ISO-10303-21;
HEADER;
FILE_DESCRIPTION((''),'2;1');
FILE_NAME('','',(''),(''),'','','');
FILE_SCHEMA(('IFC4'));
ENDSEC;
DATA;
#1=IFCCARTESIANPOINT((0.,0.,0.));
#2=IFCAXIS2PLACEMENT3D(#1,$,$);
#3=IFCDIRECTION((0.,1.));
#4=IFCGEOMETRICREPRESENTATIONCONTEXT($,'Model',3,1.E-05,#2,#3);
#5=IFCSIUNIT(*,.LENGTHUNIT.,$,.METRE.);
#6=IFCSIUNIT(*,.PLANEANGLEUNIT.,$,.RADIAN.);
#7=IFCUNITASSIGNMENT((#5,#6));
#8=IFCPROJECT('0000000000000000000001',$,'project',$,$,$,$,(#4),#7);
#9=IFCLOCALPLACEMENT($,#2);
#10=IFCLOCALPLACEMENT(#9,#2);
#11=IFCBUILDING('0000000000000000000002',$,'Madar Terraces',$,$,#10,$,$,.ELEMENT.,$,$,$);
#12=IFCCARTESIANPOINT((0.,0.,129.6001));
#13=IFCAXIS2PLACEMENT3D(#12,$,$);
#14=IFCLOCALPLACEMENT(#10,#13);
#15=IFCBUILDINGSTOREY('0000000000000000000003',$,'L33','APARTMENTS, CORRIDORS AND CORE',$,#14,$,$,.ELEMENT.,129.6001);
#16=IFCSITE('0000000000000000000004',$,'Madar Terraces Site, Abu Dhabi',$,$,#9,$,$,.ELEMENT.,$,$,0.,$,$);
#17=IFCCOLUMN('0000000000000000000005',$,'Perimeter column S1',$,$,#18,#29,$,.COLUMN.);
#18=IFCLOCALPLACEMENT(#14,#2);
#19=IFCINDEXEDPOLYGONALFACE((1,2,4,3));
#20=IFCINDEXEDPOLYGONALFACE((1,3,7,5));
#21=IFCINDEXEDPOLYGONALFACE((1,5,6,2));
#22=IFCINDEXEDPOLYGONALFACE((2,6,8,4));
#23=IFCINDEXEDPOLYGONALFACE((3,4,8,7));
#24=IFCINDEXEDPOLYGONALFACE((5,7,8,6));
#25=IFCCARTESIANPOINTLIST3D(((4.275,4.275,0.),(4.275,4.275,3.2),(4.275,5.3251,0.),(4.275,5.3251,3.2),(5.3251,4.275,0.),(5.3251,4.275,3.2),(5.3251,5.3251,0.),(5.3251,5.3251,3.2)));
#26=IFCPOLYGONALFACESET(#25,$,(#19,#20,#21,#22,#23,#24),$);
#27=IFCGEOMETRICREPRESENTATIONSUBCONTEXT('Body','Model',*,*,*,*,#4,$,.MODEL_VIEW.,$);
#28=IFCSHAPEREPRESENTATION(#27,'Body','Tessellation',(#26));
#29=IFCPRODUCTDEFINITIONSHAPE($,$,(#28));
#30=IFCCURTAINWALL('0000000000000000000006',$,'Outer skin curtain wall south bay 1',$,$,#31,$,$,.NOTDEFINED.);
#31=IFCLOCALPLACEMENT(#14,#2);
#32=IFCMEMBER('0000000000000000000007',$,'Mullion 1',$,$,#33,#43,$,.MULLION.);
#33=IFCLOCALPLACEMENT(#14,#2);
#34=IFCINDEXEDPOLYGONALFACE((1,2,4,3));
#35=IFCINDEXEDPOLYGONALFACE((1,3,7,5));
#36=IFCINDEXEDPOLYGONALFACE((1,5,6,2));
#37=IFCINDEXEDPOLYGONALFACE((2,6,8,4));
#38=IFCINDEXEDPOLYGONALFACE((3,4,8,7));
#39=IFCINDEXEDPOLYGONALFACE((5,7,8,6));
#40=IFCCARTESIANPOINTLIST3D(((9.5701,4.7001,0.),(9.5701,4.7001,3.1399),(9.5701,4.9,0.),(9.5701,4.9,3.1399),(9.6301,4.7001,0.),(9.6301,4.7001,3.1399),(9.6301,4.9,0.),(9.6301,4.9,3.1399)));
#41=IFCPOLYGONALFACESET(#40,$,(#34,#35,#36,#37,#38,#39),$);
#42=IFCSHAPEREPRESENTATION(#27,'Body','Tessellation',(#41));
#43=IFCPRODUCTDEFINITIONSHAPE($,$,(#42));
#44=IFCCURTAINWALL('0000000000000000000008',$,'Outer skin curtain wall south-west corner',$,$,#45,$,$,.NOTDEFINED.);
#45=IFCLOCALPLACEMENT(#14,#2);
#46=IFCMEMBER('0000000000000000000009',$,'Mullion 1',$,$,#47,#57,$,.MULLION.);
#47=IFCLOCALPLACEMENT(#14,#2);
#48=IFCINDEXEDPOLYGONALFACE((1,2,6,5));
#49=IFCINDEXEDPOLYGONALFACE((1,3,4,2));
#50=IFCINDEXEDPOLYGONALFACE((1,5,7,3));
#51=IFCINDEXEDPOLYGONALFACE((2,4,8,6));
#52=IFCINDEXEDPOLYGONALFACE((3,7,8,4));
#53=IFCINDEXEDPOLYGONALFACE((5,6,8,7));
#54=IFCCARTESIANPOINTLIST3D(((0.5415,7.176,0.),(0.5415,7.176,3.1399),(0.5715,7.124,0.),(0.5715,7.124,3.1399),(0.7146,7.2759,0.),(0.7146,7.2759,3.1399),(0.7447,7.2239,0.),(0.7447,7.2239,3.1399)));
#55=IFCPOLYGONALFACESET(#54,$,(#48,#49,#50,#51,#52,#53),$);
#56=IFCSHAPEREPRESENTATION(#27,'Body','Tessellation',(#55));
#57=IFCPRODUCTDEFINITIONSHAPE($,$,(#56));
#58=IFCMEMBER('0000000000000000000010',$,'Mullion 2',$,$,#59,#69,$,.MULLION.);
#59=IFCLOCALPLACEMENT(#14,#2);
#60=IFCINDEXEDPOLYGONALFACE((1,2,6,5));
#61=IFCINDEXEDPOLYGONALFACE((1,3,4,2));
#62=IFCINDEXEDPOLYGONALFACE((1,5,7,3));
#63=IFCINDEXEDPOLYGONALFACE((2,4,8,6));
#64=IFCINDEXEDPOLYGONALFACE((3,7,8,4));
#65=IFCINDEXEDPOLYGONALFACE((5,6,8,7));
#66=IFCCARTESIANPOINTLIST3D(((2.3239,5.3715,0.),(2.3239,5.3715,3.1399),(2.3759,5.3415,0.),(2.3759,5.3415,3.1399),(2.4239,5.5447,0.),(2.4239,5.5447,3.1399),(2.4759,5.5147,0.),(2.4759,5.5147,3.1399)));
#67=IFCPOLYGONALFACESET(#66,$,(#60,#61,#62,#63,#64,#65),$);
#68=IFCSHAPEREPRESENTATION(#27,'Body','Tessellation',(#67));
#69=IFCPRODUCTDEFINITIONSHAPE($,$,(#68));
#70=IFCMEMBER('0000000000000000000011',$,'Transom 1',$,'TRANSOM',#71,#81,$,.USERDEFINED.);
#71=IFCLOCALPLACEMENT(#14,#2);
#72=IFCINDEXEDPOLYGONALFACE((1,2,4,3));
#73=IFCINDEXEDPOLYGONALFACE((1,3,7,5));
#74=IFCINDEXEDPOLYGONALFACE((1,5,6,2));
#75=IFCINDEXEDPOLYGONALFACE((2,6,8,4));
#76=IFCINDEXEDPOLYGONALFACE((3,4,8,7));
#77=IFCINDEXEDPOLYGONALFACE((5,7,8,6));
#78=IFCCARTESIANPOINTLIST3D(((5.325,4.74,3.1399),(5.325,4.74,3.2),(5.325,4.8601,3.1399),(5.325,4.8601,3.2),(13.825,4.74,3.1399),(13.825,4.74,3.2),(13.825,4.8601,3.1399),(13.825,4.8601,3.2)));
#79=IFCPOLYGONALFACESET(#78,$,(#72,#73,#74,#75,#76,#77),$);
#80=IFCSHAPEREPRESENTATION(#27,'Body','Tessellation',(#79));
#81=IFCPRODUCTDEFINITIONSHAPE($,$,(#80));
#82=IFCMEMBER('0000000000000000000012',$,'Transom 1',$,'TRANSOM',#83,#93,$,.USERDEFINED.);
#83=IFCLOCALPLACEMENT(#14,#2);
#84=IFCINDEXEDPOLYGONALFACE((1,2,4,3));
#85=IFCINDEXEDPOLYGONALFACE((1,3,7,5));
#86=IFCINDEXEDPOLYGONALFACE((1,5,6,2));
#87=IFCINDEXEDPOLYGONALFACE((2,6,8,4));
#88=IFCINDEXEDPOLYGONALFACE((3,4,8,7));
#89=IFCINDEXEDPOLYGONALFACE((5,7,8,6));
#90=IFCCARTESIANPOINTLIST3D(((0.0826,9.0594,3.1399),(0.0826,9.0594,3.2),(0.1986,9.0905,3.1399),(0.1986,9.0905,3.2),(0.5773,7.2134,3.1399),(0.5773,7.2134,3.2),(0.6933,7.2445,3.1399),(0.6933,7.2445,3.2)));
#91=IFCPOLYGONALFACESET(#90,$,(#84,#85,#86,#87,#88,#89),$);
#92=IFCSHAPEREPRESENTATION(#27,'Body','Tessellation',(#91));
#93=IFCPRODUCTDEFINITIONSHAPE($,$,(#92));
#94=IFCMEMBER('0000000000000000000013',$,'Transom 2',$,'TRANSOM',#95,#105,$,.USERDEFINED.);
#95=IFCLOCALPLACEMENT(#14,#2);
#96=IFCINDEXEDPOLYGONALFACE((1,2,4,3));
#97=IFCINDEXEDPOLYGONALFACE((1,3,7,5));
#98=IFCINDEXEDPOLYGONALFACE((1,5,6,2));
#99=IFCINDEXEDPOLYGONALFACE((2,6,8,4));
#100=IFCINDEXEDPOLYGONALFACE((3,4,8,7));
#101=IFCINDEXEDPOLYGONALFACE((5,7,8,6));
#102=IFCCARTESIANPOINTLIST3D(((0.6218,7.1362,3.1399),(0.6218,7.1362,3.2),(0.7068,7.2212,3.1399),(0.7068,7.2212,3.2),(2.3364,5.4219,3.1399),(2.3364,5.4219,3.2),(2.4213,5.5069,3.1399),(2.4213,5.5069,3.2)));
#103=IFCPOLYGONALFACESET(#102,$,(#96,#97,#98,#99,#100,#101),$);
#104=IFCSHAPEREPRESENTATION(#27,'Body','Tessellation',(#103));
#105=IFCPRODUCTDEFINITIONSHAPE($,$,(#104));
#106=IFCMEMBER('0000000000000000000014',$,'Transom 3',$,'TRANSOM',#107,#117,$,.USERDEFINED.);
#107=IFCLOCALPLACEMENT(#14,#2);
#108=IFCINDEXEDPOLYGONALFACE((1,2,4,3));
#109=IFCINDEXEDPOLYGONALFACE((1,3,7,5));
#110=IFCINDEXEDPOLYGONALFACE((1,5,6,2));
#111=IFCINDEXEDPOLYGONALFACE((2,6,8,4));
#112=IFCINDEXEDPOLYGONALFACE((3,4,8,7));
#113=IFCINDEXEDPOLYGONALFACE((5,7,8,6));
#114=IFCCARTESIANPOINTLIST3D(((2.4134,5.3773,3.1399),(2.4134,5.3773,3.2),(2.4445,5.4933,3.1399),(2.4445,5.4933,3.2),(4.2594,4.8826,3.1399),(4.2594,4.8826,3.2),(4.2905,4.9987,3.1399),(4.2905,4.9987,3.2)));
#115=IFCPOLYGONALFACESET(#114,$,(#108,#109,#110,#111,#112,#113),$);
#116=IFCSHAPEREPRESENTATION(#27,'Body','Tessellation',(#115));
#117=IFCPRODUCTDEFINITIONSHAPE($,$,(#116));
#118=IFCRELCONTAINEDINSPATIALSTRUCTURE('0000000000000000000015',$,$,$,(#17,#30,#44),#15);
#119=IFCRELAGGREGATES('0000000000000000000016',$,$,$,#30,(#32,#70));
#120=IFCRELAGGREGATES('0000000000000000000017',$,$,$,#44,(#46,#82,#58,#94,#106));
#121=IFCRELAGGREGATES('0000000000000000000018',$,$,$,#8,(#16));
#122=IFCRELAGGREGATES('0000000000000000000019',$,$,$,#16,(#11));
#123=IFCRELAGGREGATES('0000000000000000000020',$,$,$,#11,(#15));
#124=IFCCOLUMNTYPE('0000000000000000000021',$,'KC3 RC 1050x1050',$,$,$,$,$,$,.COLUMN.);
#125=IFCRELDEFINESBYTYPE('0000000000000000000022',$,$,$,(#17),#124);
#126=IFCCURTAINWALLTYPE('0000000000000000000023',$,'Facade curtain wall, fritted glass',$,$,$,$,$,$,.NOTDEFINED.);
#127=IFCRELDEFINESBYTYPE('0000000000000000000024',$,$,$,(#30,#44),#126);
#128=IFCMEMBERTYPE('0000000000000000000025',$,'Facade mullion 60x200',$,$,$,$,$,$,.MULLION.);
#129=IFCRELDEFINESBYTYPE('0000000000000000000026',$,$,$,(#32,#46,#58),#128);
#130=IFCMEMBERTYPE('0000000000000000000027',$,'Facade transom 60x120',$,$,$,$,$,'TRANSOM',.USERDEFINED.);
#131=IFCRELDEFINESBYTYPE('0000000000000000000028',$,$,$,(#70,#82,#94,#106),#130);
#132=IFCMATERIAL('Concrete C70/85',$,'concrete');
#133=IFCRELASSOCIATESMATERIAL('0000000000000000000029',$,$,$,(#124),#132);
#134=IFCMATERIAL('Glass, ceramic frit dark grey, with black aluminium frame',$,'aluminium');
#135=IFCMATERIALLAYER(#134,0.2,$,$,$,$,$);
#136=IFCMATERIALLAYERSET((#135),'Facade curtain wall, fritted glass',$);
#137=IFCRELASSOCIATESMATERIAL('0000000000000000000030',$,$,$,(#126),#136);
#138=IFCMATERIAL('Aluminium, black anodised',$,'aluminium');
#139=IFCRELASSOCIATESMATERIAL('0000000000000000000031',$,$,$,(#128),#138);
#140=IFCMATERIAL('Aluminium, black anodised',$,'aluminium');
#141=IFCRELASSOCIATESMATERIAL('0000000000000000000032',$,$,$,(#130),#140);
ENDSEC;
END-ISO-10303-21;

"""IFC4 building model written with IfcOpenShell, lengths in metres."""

from ifc_helpers import new_model, si_unit, direction, frame, origin, origin_2d, place, context, subcontext, project, spatial, rectangle, extrude, material, layer, layer_set, material_profile, profile_set, type_object, element, aggregate, save


model = new_model("IFC4")

# Units and contexts
model_context = context("Model", 3, precision=1e-05, world=origin(), true_north=direction((0.0, 1.0)))
body_context = subcontext(model_context, "Body", "Model", "MODEL_VIEW")
ifc_project = project(units=[si_unit("LENGTHUNIT", "METRE"), si_unit("PLANEANGLEUNIT", "RADIAN")], contexts=[model_context])

# Site, building, storey
site_placement = place(None, origin())
site = spatial("IfcSite", under=ifc_project, at=site_placement, Name="Madar Terraces Site, Abu Dhabi", CompositionType="ELEMENT", RefElevation=0.0)
building_placement = place(site_placement, origin())
building = spatial("IfcBuilding", under=site, at=building_placement, Name="Madar Terraces", CompositionType="ELEMENT")
storey_placement = place(building_placement, frame((0.0, 0.0, 129.6001)))
storey = spatial("IfcBuildingStorey", under=building, at=storey_placement, Name="L33", Description="APARTMENTS, CORRIDORS AND CORE", CompositionType="ELEMENT", Elevation=129.6001)

# Column
ifc_material_1 = material(Name="Concrete C70/85", Category="concrete")
ifc_material_profile_1 = material_profile(ifc_material_1, rectangle(XDim=1.05, YDim=1.05, at=origin_2d()), Name="KC3 RC 1050x1050")
ifc_profile_set_1 = profile_set([ifc_material_profile_1], Name="Concrete C70/85")
column_type = type_object("IfcColumnType", Name="KC3 RC 1050x1050", PredefinedType="COLUMN", material=ifc_profile_set_1)
column_placement = place(storey_placement, frame((4.8, 4.8, 0.0), z_axis=(0.0, 0.0, 1.0), x_axis=(1.0, 0.0, 0.0)))
element("IfcColumn", 1, at=column_placement, inside=storey, type_object=column_type, Name="Perimeter column S1", PredefinedType="COLUMN", context=body_context, shape_type="SweptSolid", body=[
    extrude(rectangle(XDim=1.05, YDim=1.05, at=origin_2d()), origin(), (0.0, 0.0, 1.0), 3.2),
])

# Curtain wall, member
ifc_material_2 = material(Name="Glass, ceramic frit dark grey, with black aluminium frame", Category="aluminium")
ifc_layer_1 = layer(ifc_material_2, 0.2)
ifc_layer_set_1 = layer_set([ifc_layer_1], Name="Facade curtain wall, fritted glass")
curtain_wall_type = type_object("IfcCurtainWallType", Name="Facade curtain wall, fritted glass", PredefinedType="NOTDEFINED", material=ifc_layer_set_1)
curtain_wall_1_placement = place(storey_placement, origin())
curtain_wall_1 = element("IfcCurtainWall", 2, at=curtain_wall_1_placement, inside=storey, type_object=curtain_wall_type, Name="Outer skin curtain wall south bay 1", PredefinedType="NOTDEFINED")
ifc_material_3 = material(Name="Aluminium, black anodised", Category="aluminium")
ifc_material_profile_2 = material_profile(ifc_material_3, rectangle(XDim=0.2, YDim=0.0601, at=origin_2d()), Name="Facade mullion 60x200")
ifc_profile_set_2 = profile_set([ifc_material_profile_2], Name="Aluminium, black anodised")
member_type_1 = type_object("IfcMemberType", Name="Facade mullion 60x200", PredefinedType="MULLION", material=ifc_profile_set_2)
member_1_placement = place(storey_placement, frame((9.6001, 4.8, 0.0), z_axis=(0.0, 0.0, 1.0), x_axis=(0.0, 1.0, 0.0)))
member_1 = element("IfcMember", 3, at=member_1_placement, type_object=member_type_1, Name="Mullion 1", PredefinedType="MULLION", context=body_context, shape_type="SweptSolid", body=[
    extrude(rectangle(XDim=0.2, YDim=0.0601, at=origin_2d()), origin(), (0.0, 0.0, 1.0), 3.1399),
])

# Curtain wall, members
curtain_wall_2_placement = place(storey_placement, origin())
curtain_wall_2 = element("IfcCurtainWall", 4, at=curtain_wall_2_placement, inside=storey, type_object=curtain_wall_type, Name="Outer skin curtain wall south-west corner", PredefinedType="NOTDEFINED")
member_2_placement = place(storey_placement, frame((0.6431, 7.2, 0.0), z_axis=(0.0, 0.0, 1.0), x_axis=(0.866025, 0.5, 0.0)))
member_2 = element("IfcMember", 5, at=member_2_placement, type_object=member_type_1, Name="Mullion 1", PredefinedType="MULLION", context=body_context, shape_type="SweptSolid", body=[
    extrude(rectangle(XDim=0.2, YDim=0.0601, at=origin_2d()), origin(), (0.0, 0.0, 1.0), 3.1399),
])
member_3_placement = place(storey_placement, frame((2.3999, 5.4431, 0.0), z_axis=(0.0, 0.0, 1.0), x_axis=(0.5, 0.866025, 0.0)))
member_3 = element("IfcMember", 6, at=member_3_placement, type_object=member_type_1, Name="Mullion 2", PredefinedType="MULLION", context=body_context, shape_type="SweptSolid", body=[
    extrude(rectangle(XDim=0.2, YDim=0.0601, at=origin_2d()), origin(), (0.0, 0.0, 1.0), 3.1399),
])

# Members
ifc_material_4 = material(Name="Aluminium, black anodised", Category="aluminium")
ifc_material_profile_3 = material_profile(ifc_material_4, rectangle(XDim=0.1201, YDim=0.0601, at=origin_2d()), Name="Facade transom 60x120")
ifc_profile_set_3 = profile_set([ifc_material_profile_3], Name="Aluminium, black anodised")
member_type_2 = type_object("IfcMemberType", Name="Facade transom 60x120", ElementType="TRANSOM", PredefinedType="USERDEFINED", material=ifc_profile_set_3)
member_4_placement = place(storey_placement, frame((5.325, 4.8, 3.1699), z_axis=(1.0, 0.0, 0.0), x_axis=(0.0, 1.0, 0.0)))
member_4 = element("IfcMember", 7, at=member_4_placement, type_object=member_type_2, Name="Transom 1", ObjectType="TRANSOM", PredefinedType="USERDEFINED", context=body_context, shape_type="SweptSolid", body=[
    extrude(rectangle(XDim=0.1201, YDim=0.0601, at=origin_2d()), origin(), (0.0, 0.0, 1.0), 8.5),
])
member_5_placement = place(storey_placement, frame((0.1406, 9.075, 3.1699), z_axis=(0.258823, -0.965925, 0.0), x_axis=(0.965925, 0.258823, 0.0)))
member_5 = element("IfcMember", 8, at=member_5_placement, type_object=member_type_2, Name="Transom 1", ObjectType="TRANSOM", PredefinedType="USERDEFINED", context=body_context, shape_type="SweptSolid", body=[
    extrude(rectangle(XDim=0.1201, YDim=0.0601, at=origin_2d()), origin(), (0.0, 0.0, 1.0), 1.9111),
])
member_6_placement = place(storey_placement, frame((0.6643, 7.1787, 3.1699), z_axis=(0.707157, -0.707056, 0.0), x_axis=(0.707056, 0.707157, 0.0)))
member_6 = element("IfcMember", 9, at=member_6_placement, type_object=member_type_2, Name="Transom 2", ObjectType="TRANSOM", PredefinedType="USERDEFINED", context=body_context, shape_type="SweptSolid", body=[
    extrude(rectangle(XDim=0.1201, YDim=0.0601, at=origin_2d()), origin(), (0.0, 0.0, 1.0), 2.4246),
])
member_7_placement = place(storey_placement, frame((2.429, 5.4353, 3.1699), z_axis=(0.965925, -0.258823, 0.0), x_axis=(0.258823, 0.965925, 0.0)))
member_7 = element("IfcMember", 10, at=member_7_placement, type_object=member_type_2, Name="Transom 3", ObjectType="TRANSOM", PredefinedType="USERDEFINED", context=body_context, shape_type="SweptSolid", body=[
    extrude(rectangle(XDim=0.1201, YDim=0.0601, at=origin_2d()), origin(), (0.0, 0.0, 1.0), 1.9111),
])

aggregate(curtain_wall_1, [member_1, member_4])
aggregate(curtain_wall_2, [member_2, member_5, member_3, member_6, member_7])

save(model, "model.ifc")
